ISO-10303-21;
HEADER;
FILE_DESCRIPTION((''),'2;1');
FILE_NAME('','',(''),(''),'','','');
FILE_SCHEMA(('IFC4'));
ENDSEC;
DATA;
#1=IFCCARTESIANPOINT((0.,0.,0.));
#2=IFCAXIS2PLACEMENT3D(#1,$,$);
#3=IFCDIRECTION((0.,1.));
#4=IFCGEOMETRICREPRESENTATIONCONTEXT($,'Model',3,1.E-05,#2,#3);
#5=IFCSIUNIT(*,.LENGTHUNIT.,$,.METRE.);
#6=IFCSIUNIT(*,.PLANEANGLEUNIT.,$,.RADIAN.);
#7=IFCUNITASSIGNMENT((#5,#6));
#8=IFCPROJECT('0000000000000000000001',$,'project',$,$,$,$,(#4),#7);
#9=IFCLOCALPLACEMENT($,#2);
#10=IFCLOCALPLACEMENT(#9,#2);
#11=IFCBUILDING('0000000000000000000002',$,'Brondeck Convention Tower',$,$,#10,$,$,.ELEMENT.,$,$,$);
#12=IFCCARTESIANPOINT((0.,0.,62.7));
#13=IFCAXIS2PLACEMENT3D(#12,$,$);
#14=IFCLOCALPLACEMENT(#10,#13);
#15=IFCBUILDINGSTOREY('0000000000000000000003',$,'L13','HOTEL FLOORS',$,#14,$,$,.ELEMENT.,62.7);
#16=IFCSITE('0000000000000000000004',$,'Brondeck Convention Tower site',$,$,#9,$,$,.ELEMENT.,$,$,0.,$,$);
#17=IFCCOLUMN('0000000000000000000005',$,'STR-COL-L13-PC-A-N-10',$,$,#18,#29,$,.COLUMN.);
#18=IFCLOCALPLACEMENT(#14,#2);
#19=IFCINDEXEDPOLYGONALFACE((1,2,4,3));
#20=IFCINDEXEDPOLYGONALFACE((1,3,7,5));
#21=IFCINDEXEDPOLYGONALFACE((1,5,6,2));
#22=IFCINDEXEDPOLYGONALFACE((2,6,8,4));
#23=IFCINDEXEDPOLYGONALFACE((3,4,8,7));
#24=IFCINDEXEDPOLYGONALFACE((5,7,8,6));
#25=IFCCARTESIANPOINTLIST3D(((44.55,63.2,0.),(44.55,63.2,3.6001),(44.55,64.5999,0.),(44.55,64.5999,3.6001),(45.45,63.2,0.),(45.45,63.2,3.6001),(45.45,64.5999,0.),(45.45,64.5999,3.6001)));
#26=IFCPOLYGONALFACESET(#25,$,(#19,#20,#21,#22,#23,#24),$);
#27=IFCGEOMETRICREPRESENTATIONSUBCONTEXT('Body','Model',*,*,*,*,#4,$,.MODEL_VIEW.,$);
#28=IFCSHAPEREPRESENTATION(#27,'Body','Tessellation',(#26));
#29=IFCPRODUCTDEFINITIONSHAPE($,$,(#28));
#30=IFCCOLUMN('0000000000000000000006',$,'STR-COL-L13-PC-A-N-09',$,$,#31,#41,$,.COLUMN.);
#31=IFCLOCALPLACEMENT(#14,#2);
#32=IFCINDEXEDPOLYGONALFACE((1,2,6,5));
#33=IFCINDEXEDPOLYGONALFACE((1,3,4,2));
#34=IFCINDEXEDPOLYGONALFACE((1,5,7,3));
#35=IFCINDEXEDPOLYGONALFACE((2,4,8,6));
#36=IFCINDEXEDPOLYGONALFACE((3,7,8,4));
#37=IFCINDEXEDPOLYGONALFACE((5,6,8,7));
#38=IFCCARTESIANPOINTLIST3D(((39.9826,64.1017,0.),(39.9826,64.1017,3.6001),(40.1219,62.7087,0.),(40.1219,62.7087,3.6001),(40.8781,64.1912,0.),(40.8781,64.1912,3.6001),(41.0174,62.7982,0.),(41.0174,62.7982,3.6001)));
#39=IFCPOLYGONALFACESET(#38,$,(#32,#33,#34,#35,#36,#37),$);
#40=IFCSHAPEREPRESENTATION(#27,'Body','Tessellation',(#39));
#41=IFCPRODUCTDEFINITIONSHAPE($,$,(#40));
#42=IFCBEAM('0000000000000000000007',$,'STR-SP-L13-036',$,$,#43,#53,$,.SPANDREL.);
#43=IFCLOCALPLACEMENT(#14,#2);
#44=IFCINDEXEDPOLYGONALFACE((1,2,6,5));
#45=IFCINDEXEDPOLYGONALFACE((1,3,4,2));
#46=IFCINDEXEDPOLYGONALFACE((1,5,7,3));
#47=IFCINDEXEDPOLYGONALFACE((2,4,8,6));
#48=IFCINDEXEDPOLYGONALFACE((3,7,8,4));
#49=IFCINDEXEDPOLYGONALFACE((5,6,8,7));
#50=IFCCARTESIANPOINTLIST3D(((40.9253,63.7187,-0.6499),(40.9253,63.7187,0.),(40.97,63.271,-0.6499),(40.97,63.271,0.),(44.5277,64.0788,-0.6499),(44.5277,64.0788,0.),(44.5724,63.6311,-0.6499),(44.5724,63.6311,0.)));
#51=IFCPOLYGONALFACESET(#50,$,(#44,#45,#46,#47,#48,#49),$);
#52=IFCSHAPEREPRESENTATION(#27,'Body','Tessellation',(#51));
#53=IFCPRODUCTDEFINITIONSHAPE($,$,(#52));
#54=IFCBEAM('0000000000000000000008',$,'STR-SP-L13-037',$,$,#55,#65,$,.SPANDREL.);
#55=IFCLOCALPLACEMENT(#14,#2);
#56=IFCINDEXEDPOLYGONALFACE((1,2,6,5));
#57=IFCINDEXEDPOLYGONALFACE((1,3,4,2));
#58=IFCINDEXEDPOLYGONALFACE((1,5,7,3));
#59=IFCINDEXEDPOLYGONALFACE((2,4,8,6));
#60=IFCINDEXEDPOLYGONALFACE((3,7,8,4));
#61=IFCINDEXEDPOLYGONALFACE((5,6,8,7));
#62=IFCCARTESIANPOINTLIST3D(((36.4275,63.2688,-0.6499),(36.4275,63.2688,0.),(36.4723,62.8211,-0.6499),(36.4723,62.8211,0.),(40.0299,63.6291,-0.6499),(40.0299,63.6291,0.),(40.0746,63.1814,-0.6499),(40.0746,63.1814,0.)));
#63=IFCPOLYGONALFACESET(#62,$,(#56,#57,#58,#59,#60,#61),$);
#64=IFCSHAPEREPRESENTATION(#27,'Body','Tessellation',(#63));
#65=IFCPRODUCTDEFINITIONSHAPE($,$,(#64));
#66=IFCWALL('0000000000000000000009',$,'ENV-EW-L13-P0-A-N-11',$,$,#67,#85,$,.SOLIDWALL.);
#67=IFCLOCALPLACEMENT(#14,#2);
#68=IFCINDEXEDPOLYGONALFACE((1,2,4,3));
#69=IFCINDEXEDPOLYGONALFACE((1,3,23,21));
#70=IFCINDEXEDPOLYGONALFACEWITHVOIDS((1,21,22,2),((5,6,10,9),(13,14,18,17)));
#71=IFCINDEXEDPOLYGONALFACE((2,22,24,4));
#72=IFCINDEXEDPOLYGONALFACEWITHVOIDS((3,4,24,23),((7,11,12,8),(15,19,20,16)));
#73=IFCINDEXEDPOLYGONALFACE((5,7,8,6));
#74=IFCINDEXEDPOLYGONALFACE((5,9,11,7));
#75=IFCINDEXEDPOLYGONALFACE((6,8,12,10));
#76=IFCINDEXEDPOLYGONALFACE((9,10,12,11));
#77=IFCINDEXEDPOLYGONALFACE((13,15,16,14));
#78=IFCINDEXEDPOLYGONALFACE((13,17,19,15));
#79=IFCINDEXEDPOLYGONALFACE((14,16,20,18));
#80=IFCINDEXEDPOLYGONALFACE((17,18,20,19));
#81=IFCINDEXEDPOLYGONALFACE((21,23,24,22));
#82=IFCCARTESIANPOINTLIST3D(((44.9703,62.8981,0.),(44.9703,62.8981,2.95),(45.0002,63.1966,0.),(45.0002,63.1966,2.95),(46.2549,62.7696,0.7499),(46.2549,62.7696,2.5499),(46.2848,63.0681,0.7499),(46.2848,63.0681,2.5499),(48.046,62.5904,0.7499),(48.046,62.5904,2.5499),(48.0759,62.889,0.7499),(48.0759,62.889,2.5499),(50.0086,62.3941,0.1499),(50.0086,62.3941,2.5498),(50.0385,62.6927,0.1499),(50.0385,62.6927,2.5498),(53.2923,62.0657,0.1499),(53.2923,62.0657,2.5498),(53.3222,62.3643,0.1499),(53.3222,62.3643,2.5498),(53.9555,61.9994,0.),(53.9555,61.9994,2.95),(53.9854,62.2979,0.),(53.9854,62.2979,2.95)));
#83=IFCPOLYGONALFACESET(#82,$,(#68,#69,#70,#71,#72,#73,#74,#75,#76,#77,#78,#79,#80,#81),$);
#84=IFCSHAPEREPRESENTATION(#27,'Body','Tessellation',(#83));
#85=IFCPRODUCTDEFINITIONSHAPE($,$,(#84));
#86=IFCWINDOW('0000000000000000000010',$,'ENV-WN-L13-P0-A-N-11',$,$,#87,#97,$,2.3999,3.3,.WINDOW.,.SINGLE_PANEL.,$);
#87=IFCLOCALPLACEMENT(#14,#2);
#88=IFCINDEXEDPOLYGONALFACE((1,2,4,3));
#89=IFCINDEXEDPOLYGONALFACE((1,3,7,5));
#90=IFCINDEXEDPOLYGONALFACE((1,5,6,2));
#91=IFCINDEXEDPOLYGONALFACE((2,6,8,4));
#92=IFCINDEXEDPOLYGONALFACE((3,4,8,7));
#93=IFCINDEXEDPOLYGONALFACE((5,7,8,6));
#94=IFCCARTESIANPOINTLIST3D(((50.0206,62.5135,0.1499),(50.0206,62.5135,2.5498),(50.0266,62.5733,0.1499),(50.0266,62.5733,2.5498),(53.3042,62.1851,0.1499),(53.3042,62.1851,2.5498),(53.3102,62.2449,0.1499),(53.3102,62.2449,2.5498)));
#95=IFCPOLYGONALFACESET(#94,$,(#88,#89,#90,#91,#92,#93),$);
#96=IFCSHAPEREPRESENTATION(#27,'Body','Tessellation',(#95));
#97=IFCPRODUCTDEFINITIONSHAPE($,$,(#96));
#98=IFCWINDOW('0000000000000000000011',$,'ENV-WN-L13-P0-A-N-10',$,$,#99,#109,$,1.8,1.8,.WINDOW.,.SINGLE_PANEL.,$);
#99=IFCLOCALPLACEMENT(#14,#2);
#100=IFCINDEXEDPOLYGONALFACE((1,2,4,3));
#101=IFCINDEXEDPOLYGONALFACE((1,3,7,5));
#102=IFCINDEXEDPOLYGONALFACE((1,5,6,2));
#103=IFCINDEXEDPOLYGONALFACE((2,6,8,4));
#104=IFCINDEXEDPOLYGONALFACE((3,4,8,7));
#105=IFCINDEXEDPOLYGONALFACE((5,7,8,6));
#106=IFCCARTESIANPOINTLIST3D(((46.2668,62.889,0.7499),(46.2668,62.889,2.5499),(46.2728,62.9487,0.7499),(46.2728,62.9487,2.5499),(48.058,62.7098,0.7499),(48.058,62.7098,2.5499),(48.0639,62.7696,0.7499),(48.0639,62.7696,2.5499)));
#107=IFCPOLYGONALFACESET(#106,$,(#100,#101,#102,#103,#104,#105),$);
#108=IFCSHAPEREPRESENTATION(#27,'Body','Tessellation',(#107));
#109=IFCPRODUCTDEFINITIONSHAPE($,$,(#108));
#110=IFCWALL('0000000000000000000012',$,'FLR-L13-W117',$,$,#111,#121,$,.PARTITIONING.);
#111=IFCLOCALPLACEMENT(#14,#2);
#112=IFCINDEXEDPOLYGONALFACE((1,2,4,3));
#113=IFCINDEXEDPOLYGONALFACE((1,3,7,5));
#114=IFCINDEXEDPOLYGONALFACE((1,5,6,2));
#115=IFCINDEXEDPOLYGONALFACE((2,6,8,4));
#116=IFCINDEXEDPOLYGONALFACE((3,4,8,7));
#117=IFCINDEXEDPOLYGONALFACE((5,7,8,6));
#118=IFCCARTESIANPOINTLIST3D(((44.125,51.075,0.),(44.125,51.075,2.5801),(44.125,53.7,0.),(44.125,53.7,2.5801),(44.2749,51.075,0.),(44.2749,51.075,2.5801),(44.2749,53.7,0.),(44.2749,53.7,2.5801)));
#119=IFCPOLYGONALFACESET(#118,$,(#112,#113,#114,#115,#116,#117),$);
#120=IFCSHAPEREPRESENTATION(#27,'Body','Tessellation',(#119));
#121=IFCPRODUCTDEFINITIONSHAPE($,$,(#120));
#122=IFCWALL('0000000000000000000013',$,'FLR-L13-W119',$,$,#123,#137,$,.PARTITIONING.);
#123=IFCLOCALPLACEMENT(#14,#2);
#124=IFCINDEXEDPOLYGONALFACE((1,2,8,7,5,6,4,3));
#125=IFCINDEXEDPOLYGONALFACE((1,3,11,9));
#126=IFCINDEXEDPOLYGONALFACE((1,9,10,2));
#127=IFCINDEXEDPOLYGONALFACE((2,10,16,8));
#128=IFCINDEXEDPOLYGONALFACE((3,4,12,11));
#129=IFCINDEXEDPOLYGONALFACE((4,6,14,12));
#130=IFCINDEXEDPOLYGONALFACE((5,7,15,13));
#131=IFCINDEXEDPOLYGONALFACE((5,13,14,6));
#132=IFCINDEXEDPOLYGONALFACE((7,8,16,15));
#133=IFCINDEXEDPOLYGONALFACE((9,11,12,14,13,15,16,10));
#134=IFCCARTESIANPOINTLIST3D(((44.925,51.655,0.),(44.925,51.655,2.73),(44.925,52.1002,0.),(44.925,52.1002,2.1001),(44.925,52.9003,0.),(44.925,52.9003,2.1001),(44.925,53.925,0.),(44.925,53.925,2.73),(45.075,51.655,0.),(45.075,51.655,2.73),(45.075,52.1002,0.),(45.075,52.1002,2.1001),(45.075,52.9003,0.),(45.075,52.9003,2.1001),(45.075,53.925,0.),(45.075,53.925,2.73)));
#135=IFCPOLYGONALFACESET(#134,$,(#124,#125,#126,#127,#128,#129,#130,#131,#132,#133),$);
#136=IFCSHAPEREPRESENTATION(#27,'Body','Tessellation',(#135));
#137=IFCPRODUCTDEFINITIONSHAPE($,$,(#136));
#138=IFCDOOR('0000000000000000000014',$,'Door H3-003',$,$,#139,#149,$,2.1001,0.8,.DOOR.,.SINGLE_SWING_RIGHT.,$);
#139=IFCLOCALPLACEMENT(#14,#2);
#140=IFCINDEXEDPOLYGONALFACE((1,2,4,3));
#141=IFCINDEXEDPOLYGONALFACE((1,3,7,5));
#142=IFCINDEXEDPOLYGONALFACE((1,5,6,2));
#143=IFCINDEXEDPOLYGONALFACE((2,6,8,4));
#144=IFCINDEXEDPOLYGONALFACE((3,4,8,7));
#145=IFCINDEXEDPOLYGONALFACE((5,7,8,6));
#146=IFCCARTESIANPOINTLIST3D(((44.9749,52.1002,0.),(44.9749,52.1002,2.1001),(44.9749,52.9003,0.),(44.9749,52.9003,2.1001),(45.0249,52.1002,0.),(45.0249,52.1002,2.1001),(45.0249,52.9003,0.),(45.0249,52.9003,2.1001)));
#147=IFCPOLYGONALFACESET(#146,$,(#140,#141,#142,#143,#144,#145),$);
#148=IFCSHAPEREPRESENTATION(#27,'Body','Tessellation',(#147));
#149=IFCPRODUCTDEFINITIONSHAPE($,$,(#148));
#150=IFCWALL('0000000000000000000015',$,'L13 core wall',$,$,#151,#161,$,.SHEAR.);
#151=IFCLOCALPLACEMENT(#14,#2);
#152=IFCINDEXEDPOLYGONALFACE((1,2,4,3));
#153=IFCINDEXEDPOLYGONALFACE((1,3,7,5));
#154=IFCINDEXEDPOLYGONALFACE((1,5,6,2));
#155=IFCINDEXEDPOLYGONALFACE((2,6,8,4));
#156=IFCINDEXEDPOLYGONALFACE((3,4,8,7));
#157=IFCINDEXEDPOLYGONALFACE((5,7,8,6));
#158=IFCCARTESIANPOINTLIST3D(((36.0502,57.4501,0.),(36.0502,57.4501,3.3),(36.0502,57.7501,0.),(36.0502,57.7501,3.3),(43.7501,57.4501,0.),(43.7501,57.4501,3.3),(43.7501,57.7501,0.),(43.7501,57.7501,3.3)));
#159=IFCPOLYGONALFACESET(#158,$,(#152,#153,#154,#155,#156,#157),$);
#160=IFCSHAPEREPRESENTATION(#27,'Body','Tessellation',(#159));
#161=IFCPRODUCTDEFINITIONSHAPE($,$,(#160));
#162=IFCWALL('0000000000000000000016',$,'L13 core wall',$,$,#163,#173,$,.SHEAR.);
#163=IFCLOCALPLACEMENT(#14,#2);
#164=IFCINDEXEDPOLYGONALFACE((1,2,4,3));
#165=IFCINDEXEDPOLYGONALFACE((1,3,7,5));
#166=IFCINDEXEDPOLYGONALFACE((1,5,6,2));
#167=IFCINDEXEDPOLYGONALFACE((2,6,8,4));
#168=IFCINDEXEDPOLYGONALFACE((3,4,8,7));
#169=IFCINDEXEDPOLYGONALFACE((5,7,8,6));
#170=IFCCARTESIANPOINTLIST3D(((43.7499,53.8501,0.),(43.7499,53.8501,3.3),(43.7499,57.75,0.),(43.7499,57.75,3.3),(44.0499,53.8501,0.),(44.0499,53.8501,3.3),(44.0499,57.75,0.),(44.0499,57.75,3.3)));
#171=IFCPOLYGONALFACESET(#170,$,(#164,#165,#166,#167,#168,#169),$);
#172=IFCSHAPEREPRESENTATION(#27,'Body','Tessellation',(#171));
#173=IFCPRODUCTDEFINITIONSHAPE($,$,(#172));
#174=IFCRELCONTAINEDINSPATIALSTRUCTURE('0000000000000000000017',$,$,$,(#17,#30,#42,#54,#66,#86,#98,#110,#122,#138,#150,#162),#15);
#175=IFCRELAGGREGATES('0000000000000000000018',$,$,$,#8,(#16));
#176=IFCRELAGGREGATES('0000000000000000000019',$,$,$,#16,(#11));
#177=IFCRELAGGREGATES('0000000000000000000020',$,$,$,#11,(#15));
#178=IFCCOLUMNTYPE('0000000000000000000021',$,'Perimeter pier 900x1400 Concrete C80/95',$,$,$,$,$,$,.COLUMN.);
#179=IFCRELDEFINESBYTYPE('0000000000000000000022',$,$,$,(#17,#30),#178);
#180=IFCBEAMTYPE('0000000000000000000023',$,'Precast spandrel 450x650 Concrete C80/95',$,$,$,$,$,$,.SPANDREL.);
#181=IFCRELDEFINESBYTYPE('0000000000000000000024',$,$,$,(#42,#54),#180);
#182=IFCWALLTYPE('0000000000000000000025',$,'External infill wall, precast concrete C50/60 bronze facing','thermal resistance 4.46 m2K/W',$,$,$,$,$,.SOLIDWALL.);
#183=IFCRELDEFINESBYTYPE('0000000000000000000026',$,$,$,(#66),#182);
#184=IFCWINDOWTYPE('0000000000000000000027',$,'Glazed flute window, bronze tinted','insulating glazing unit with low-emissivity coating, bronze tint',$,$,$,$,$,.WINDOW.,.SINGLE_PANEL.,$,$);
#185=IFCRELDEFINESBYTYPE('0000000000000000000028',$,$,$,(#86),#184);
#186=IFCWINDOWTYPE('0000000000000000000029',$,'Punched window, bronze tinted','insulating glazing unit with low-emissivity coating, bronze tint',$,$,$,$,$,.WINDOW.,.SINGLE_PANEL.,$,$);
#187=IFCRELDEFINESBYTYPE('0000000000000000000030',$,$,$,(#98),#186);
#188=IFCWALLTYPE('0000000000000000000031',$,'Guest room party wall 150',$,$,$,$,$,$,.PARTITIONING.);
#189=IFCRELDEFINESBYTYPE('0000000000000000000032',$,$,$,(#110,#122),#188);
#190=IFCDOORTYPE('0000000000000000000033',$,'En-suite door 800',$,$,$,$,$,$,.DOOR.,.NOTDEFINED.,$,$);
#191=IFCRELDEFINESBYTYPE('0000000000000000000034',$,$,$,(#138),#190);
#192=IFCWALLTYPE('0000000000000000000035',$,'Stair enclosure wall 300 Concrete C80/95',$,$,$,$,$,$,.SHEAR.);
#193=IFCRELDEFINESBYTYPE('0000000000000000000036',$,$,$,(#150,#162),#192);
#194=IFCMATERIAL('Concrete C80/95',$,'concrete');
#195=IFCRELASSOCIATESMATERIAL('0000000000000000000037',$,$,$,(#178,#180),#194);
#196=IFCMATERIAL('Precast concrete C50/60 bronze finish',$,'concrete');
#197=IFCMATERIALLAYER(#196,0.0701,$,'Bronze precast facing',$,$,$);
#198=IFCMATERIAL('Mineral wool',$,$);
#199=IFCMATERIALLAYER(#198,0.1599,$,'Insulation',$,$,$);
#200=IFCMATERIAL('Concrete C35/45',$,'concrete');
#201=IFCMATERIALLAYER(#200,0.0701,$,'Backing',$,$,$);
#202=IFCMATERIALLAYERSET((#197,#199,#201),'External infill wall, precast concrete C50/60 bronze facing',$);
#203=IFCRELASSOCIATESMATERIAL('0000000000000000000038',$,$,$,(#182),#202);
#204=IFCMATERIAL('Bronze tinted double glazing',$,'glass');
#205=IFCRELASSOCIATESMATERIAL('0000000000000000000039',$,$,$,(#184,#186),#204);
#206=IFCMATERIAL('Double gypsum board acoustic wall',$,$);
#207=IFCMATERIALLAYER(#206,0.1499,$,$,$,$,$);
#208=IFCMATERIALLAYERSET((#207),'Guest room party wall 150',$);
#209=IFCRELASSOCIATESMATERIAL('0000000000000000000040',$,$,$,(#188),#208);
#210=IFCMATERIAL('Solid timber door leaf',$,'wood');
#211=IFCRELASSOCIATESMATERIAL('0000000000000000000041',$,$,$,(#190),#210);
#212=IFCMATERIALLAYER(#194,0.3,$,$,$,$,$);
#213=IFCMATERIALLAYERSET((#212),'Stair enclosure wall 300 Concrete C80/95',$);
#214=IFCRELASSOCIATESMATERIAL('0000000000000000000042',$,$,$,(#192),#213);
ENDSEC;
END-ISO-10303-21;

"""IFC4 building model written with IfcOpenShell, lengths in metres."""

from ifc_helpers import new_model, si_unit, direction, frame, frame_2d, origin, origin_2d, place, context, subcontext, project, spatial, rectangle, extrude, material, layer, layer_set, material_profile, profile_set, type_object, element, fill, save


model = new_model("IFC4")

# Units and contexts
model_context = context("Model", 3, precision=1e-05, world=origin(), true_north=direction((0.0, 1.0)))
body_context = subcontext(model_context, "Body", "Model", "MODEL_VIEW")
ifc_project = project(units=[si_unit("LENGTHUNIT", "METRE"), si_unit("PLANEANGLEUNIT", "RADIAN")], contexts=[model_context])

# Site, building, storey
site_placement = place(None, origin())
site = spatial("IfcSite", under=ifc_project, at=site_placement, Name="Brondeck Convention Tower site", CompositionType="ELEMENT", RefElevation=0.0)
building_placement = place(site_placement, origin())
building = spatial("IfcBuilding", under=site, at=building_placement, Name="Brondeck Convention Tower", CompositionType="ELEMENT")
storey_placement = place(building_placement, frame((0.0, 0.0, 62.7)))
storey = spatial("IfcBuildingStorey", under=building, at=storey_placement, Name="L13", Description="HOTEL FLOORS", CompositionType="ELEMENT", Elevation=62.7)

# Columns
ifc_material_1 = material(Name="Concrete C80/95", Category="concrete")
ifc_material_profile_1 = material_profile(ifc_material_1, rectangle(XDim=0.8999, YDim=1.3999, at=origin_2d()), Name="Perimeter pier 900x1400 Concrete C80/95")
ifc_profile_set_1 = profile_set([ifc_material_profile_1], Name="Concrete C80/95")
column_type = type_object("IfcColumnType", Name="Perimeter pier 900x1400 Concrete C80/95", PredefinedType="COLUMN", material=ifc_profile_set_1)
for number, where, z_axis, x_axis, name in (
    (1, (45.0, 63.8999, 0.0), (0.0, 0.0, 1.0), (-1.0, 0.0, 0.0), "STR-COL-L13-PC-A-N-10"),
    (2, (40.5, 63.45, 0.0), (0.0, 0.0, 1.0), (-0.995037, -0.099504, 0.0), "STR-COL-L13-PC-A-N-09"),
):
    element("IfcColumn", number, at=place(storey_placement, frame(where, z_axis=z_axis, x_axis=x_axis)), inside=storey, type_object=column_type, Name=name, PredefinedType="COLUMN", context=body_context, shape_type="SweptSolid", body=[
        extrude(rectangle(XDim=0.8999, YDim=1.3999, at=origin_2d()), origin(), (0.0, 0.0, 1.0), 3.6001),
    ])

# Beams
ifc_material_profile_2 = material_profile(ifc_material_1, rectangle(XDim=0.45, YDim=0.6499, at=origin_2d()), Name="Precast spandrel 450x650 Concrete C80/95")
ifc_profile_set_2 = profile_set([ifc_material_profile_2], Name="Concrete C80/95")
beam_type = type_object("IfcBeamType", Name="Precast spandrel 450x650 Concrete C80/95", PredefinedType="SPANDREL", material=ifc_profile_set_2)
for number, where, z_axis, x_axis, name in (
    (3, (44.55, 63.855, -0.325), (-0.995041, -0.09947, 0.0), (0.09947, -0.995041, 0.0), "STR-SP-L13-036"),
    (4, (40.0522, 63.4053, -0.325), (-0.995034, -0.099537, 0.0), (0.099537, -0.995034, 0.0), "STR-SP-L13-037"),
):
    element("IfcBeam", number, at=place(storey_placement, frame(where, z_axis=z_axis, x_axis=x_axis)), inside=storey, type_object=beam_type, Name=name, PredefinedType="SPANDREL", context=body_context, shape_type="SweptSolid", body=[
        extrude(rectangle(XDim=0.45, YDim=0.6499, at=origin_2d()), origin(), (0.0, 0.0, 1.0), 3.6204),
    ])

# Wall, openings, windows
ifc_material_2 = material(Name="Precast concrete C50/60 bronze finish", Category="concrete")
ifc_layer_1 = layer(ifc_material_2, 0.0701, Name="Bronze precast facing")
ifc_material_3 = material(Name="Mineral wool")
ifc_layer_2 = layer(ifc_material_3, 0.1599, Name="Insulation")
ifc_material_4 = material(Name="Concrete C35/45", Category="concrete")
ifc_layer_3 = layer(ifc_material_4, 0.0701, Name="Backing")
ifc_layer_set_1 = layer_set([ifc_layer_1, ifc_layer_2, ifc_layer_3], Name="External infill wall, precast concrete C50/60 bronze facing")
wall_type_1 = type_object("IfcWallType", Name="External infill wall, precast concrete C50/60 bronze facing", Description="thermal resistance 4.46 m2K/W", PredefinedType="SOLIDWALL", material=ifc_layer_set_1)
wall_1_placement = place(storey_placement, frame((44.9851, 63.0474, 0.0), z_axis=(0.0, 0.0, 1.0), x_axis=(0.995035, -0.099522, 0.0)))
wall_1 = element("IfcWall", 5, at=wall_1_placement, inside=storey, type_object=wall_type_1, Name="ENV-EW-L13-P0-A-N-11", PredefinedType="SOLIDWALL", context=body_context, shape_type="SweptSolid", body=[
    extrude(rectangle(XDim=9.03, YDim=0.3, at=frame_2d((4.5151, 0.0))), origin(), (0.0, 0.0, 1.0), 2.95),
])
opening_1_placement = place(wall_1_placement, frame((1.2913, 0.0, 0.75)))
opening_1 = element("IfcOpeningElement", 6, at=opening_1_placement, cuts=wall_1, PredefinedType="OPENING", context=body_context, shape_type="SweptSolid", body=[
    extrude(rectangle(XDim=1.8, YDim=1.8, at=frame_2d((0.8999, 0.8999))), frame((0.0, 0.1599, 0.0), z_axis=(0.0, -1.0, 0.0), x_axis=(1.0, 0.0, 0.0)), (0.0, 0.0, 1.0), 0.3201),
])
opening_2_placement = place(wall_1_placement, frame((5.0637, 0.0, 0.1499)))
opening_2 = element("IfcOpeningElement", 7, at=opening_2_placement, cuts=wall_1, PredefinedType="OPENING", context=body_context, shape_type="SweptSolid", body=[
    extrude(rectangle(XDim=3.3, YDim=2.3999, at=frame_2d((1.6499, 1.2))), frame((0.0, 0.1599, 0.0), z_axis=(0.0, -1.0, 0.0), x_axis=(1.0, 0.0, 0.0)), (0.0, 0.0, 1.0), 0.3201),
])
ifc_material_5 = material(Name="Bronze tinted double glazing", Category="glass")
window_type_1 = type_object("IfcWindowType", Name="Glazed flute window, bronze tinted", Description="insulating glazing unit with low-emissivity coating, bronze tint", PartitioningType="SINGLE_PANEL", PredefinedType="WINDOW", material=ifc_material_5)
window_1_placement = place(opening_2_placement, origin())
window_1 = element("IfcWindow", 8, at=window_1_placement, inside=storey, type_object=window_type_1, Name="ENV-WN-L13-P0-A-N-11", OverallHeight=2.3999, OverallWidth=3.3, PartitioningType="SINGLE_PANEL", PredefinedType="WINDOW", context=body_context, shape_type="SweptSolid", body=[
    extrude(rectangle(XDim=3.3, YDim=2.3999, at=frame_2d((1.6499, 1.2))), frame((0.0, 0.03, 0.0), z_axis=(0.0, -1.0, 0.0), x_axis=(1.0, 0.0, 0.0)), (0.0, 0.0, 1.0), 0.0601),
])
fill(opening_2, window_1)
window_type_2 = type_object("IfcWindowType", Name="Punched window, bronze tinted", Description="insulating glazing unit with low-emissivity coating, bronze tint", PartitioningType="SINGLE_PANEL", PredefinedType="WINDOW", material=ifc_material_5)
window_2_placement = place(opening_1_placement, origin())
window_2 = element("IfcWindow", 9, at=window_2_placement, inside=storey, type_object=window_type_2, Name="ENV-WN-L13-P0-A-N-10", OverallHeight=1.8, OverallWidth=1.8, PartitioningType="SINGLE_PANEL", PredefinedType="WINDOW", context=body_context, shape_type="SweptSolid", body=[
    extrude(rectangle(XDim=1.8, YDim=1.8, at=frame_2d((0.8999, 0.8999))), frame((0.0, 0.03, 0.0), z_axis=(0.0, -1.0, 0.0), x_axis=(1.0, 0.0, 0.0)), (0.0, 0.0, 1.0), 0.0601),
])
fill(opening_1, window_2)

# Wall
ifc_material_6 = material(Name="Double gypsum board acoustic wall")
ifc_layer_4 = layer(ifc_material_6, 0.1499)
ifc_layer_set_2 = layer_set([ifc_layer_4], Name="Guest room party wall 150")
wall_type_2 = type_object("IfcWallType", Name="Guest room party wall 150", PredefinedType="PARTITIONING", material=ifc_layer_set_2)
wall_2_placement = place(storey_placement, frame((44.2, 53.7, 0.0), z_axis=(0.0, 0.0, 1.0), x_axis=(0.0, -1.0, 0.0)))
element("IfcWall", 10, at=wall_2_placement, inside=storey, type_object=wall_type_2, Name="FLR-L13-W117", PredefinedType="PARTITIONING", context=body_context, shape_type="SweptSolid", body=[
    extrude(rectangle(XDim=2.625, YDim=0.1499, at=frame_2d((1.3125, 0.0))), origin(), (0.0, 0.0, 1.0), 2.5801),
])

# Wall, opening, door
wall_3_placement = place(storey_placement, frame((45.0, 53.925, 0.0), z_axis=(0.0, 0.0, 1.0), x_axis=(0.0, -1.0, 0.0)))
wall_3 = element("IfcWall", 11, at=wall_3_placement, inside=storey, type_object=wall_type_2, Name="FLR-L13-W119", PredefinedType="PARTITIONING", context=body_context, shape_type="SweptSolid", body=[
    extrude(rectangle(XDim=2.27, YDim=0.1499, at=frame_2d((1.135, 0.0))), origin(), (0.0, 0.0, 1.0), 2.73),
])
opening_3_placement = place(wall_3_placement, frame((1.0249, 0.0, 0.0)))
opening_3 = element("IfcOpeningElement", 12, at=opening_3_placement, cuts=wall_3, PredefinedType="OPENING", context=body_context, shape_type="SweptSolid", body=[
    extrude(rectangle(XDim=0.8, YDim=2.1001, at=frame_2d((0.3999, 1.05))), frame((0.0, 0.085, 0.0), z_axis=(0.0, -1.0, 0.0), x_axis=(1.0, 0.0, 0.0)), (0.0, 0.0, 1.0), 0.1699),
])
ifc_material_7 = material(Name="Solid timber door leaf", Category="wood")
door_type = type_object("IfcDoorType", Name="En-suite door 800", OperationType="NOTDEFINED", PredefinedType="DOOR", material=ifc_material_7)
door_placement = place(opening_3_placement, origin())
door = element("IfcDoor", 13, at=door_placement, inside=storey, type_object=door_type, Name="Door H3-003", OperationType="SINGLE_SWING_RIGHT", OverallHeight=2.1001, OverallWidth=0.8, PredefinedType="DOOR", context=body_context, shape_type="SweptSolid", body=[
    extrude(rectangle(XDim=0.8, YDim=2.1001, at=frame_2d((0.3999, 1.05))), frame((0.0, 0.0249, 0.0), z_axis=(0.0, -1.0, 0.0), x_axis=(1.0, 0.0, 0.0)), (0.0, 0.0, 1.0), 0.05),
])
fill(opening_3, door)

# Walls
ifc_layer_5 = layer(ifc_material_1, 0.3)
ifc_layer_set_3 = layer_set([ifc_layer_5], Name="Stair enclosure wall 300 Concrete C80/95")
wall_type_3 = type_object("IfcWallType", Name="Stair enclosure wall 300 Concrete C80/95", PredefinedType="SHEAR", material=ifc_layer_set_3)
wall_4_placement = place(storey_placement, frame((36.05, 57.6001, 0.0), z_axis=(0.0, 0.0, 1.0), x_axis=(1.0, 0.0, 0.0)))
element("IfcWall", 14, at=wall_4_placement, inside=storey, type_object=wall_type_3, Name="L13 core wall", PredefinedType="SHEAR", context=body_context, shape_type="SweptSolid", body=[
    extrude(rectangle(XDim=7.7, YDim=0.3, at=frame_2d((3.8501, 0.0))), origin(), (0.0, 0.0, 1.0), 3.3),
])
wall_5_placement = place(storey_placement, frame((43.8999, 53.8501, 0.0), z_axis=(0.0, 0.0, 1.0), x_axis=(0.0, 1.0, 0.0)))
element("IfcWall", 15, at=wall_5_placement, inside=storey, type_object=wall_type_3, Name="L13 core wall", PredefinedType="SHEAR", context=body_context, shape_type="SweptSolid", body=[
    extrude(rectangle(XDim=3.8999, YDim=0.3, at=frame_2d((1.95, 0.0))), origin(), (0.0, 0.0, 1.0), 3.3),
])

save(model, "model.ifc")
